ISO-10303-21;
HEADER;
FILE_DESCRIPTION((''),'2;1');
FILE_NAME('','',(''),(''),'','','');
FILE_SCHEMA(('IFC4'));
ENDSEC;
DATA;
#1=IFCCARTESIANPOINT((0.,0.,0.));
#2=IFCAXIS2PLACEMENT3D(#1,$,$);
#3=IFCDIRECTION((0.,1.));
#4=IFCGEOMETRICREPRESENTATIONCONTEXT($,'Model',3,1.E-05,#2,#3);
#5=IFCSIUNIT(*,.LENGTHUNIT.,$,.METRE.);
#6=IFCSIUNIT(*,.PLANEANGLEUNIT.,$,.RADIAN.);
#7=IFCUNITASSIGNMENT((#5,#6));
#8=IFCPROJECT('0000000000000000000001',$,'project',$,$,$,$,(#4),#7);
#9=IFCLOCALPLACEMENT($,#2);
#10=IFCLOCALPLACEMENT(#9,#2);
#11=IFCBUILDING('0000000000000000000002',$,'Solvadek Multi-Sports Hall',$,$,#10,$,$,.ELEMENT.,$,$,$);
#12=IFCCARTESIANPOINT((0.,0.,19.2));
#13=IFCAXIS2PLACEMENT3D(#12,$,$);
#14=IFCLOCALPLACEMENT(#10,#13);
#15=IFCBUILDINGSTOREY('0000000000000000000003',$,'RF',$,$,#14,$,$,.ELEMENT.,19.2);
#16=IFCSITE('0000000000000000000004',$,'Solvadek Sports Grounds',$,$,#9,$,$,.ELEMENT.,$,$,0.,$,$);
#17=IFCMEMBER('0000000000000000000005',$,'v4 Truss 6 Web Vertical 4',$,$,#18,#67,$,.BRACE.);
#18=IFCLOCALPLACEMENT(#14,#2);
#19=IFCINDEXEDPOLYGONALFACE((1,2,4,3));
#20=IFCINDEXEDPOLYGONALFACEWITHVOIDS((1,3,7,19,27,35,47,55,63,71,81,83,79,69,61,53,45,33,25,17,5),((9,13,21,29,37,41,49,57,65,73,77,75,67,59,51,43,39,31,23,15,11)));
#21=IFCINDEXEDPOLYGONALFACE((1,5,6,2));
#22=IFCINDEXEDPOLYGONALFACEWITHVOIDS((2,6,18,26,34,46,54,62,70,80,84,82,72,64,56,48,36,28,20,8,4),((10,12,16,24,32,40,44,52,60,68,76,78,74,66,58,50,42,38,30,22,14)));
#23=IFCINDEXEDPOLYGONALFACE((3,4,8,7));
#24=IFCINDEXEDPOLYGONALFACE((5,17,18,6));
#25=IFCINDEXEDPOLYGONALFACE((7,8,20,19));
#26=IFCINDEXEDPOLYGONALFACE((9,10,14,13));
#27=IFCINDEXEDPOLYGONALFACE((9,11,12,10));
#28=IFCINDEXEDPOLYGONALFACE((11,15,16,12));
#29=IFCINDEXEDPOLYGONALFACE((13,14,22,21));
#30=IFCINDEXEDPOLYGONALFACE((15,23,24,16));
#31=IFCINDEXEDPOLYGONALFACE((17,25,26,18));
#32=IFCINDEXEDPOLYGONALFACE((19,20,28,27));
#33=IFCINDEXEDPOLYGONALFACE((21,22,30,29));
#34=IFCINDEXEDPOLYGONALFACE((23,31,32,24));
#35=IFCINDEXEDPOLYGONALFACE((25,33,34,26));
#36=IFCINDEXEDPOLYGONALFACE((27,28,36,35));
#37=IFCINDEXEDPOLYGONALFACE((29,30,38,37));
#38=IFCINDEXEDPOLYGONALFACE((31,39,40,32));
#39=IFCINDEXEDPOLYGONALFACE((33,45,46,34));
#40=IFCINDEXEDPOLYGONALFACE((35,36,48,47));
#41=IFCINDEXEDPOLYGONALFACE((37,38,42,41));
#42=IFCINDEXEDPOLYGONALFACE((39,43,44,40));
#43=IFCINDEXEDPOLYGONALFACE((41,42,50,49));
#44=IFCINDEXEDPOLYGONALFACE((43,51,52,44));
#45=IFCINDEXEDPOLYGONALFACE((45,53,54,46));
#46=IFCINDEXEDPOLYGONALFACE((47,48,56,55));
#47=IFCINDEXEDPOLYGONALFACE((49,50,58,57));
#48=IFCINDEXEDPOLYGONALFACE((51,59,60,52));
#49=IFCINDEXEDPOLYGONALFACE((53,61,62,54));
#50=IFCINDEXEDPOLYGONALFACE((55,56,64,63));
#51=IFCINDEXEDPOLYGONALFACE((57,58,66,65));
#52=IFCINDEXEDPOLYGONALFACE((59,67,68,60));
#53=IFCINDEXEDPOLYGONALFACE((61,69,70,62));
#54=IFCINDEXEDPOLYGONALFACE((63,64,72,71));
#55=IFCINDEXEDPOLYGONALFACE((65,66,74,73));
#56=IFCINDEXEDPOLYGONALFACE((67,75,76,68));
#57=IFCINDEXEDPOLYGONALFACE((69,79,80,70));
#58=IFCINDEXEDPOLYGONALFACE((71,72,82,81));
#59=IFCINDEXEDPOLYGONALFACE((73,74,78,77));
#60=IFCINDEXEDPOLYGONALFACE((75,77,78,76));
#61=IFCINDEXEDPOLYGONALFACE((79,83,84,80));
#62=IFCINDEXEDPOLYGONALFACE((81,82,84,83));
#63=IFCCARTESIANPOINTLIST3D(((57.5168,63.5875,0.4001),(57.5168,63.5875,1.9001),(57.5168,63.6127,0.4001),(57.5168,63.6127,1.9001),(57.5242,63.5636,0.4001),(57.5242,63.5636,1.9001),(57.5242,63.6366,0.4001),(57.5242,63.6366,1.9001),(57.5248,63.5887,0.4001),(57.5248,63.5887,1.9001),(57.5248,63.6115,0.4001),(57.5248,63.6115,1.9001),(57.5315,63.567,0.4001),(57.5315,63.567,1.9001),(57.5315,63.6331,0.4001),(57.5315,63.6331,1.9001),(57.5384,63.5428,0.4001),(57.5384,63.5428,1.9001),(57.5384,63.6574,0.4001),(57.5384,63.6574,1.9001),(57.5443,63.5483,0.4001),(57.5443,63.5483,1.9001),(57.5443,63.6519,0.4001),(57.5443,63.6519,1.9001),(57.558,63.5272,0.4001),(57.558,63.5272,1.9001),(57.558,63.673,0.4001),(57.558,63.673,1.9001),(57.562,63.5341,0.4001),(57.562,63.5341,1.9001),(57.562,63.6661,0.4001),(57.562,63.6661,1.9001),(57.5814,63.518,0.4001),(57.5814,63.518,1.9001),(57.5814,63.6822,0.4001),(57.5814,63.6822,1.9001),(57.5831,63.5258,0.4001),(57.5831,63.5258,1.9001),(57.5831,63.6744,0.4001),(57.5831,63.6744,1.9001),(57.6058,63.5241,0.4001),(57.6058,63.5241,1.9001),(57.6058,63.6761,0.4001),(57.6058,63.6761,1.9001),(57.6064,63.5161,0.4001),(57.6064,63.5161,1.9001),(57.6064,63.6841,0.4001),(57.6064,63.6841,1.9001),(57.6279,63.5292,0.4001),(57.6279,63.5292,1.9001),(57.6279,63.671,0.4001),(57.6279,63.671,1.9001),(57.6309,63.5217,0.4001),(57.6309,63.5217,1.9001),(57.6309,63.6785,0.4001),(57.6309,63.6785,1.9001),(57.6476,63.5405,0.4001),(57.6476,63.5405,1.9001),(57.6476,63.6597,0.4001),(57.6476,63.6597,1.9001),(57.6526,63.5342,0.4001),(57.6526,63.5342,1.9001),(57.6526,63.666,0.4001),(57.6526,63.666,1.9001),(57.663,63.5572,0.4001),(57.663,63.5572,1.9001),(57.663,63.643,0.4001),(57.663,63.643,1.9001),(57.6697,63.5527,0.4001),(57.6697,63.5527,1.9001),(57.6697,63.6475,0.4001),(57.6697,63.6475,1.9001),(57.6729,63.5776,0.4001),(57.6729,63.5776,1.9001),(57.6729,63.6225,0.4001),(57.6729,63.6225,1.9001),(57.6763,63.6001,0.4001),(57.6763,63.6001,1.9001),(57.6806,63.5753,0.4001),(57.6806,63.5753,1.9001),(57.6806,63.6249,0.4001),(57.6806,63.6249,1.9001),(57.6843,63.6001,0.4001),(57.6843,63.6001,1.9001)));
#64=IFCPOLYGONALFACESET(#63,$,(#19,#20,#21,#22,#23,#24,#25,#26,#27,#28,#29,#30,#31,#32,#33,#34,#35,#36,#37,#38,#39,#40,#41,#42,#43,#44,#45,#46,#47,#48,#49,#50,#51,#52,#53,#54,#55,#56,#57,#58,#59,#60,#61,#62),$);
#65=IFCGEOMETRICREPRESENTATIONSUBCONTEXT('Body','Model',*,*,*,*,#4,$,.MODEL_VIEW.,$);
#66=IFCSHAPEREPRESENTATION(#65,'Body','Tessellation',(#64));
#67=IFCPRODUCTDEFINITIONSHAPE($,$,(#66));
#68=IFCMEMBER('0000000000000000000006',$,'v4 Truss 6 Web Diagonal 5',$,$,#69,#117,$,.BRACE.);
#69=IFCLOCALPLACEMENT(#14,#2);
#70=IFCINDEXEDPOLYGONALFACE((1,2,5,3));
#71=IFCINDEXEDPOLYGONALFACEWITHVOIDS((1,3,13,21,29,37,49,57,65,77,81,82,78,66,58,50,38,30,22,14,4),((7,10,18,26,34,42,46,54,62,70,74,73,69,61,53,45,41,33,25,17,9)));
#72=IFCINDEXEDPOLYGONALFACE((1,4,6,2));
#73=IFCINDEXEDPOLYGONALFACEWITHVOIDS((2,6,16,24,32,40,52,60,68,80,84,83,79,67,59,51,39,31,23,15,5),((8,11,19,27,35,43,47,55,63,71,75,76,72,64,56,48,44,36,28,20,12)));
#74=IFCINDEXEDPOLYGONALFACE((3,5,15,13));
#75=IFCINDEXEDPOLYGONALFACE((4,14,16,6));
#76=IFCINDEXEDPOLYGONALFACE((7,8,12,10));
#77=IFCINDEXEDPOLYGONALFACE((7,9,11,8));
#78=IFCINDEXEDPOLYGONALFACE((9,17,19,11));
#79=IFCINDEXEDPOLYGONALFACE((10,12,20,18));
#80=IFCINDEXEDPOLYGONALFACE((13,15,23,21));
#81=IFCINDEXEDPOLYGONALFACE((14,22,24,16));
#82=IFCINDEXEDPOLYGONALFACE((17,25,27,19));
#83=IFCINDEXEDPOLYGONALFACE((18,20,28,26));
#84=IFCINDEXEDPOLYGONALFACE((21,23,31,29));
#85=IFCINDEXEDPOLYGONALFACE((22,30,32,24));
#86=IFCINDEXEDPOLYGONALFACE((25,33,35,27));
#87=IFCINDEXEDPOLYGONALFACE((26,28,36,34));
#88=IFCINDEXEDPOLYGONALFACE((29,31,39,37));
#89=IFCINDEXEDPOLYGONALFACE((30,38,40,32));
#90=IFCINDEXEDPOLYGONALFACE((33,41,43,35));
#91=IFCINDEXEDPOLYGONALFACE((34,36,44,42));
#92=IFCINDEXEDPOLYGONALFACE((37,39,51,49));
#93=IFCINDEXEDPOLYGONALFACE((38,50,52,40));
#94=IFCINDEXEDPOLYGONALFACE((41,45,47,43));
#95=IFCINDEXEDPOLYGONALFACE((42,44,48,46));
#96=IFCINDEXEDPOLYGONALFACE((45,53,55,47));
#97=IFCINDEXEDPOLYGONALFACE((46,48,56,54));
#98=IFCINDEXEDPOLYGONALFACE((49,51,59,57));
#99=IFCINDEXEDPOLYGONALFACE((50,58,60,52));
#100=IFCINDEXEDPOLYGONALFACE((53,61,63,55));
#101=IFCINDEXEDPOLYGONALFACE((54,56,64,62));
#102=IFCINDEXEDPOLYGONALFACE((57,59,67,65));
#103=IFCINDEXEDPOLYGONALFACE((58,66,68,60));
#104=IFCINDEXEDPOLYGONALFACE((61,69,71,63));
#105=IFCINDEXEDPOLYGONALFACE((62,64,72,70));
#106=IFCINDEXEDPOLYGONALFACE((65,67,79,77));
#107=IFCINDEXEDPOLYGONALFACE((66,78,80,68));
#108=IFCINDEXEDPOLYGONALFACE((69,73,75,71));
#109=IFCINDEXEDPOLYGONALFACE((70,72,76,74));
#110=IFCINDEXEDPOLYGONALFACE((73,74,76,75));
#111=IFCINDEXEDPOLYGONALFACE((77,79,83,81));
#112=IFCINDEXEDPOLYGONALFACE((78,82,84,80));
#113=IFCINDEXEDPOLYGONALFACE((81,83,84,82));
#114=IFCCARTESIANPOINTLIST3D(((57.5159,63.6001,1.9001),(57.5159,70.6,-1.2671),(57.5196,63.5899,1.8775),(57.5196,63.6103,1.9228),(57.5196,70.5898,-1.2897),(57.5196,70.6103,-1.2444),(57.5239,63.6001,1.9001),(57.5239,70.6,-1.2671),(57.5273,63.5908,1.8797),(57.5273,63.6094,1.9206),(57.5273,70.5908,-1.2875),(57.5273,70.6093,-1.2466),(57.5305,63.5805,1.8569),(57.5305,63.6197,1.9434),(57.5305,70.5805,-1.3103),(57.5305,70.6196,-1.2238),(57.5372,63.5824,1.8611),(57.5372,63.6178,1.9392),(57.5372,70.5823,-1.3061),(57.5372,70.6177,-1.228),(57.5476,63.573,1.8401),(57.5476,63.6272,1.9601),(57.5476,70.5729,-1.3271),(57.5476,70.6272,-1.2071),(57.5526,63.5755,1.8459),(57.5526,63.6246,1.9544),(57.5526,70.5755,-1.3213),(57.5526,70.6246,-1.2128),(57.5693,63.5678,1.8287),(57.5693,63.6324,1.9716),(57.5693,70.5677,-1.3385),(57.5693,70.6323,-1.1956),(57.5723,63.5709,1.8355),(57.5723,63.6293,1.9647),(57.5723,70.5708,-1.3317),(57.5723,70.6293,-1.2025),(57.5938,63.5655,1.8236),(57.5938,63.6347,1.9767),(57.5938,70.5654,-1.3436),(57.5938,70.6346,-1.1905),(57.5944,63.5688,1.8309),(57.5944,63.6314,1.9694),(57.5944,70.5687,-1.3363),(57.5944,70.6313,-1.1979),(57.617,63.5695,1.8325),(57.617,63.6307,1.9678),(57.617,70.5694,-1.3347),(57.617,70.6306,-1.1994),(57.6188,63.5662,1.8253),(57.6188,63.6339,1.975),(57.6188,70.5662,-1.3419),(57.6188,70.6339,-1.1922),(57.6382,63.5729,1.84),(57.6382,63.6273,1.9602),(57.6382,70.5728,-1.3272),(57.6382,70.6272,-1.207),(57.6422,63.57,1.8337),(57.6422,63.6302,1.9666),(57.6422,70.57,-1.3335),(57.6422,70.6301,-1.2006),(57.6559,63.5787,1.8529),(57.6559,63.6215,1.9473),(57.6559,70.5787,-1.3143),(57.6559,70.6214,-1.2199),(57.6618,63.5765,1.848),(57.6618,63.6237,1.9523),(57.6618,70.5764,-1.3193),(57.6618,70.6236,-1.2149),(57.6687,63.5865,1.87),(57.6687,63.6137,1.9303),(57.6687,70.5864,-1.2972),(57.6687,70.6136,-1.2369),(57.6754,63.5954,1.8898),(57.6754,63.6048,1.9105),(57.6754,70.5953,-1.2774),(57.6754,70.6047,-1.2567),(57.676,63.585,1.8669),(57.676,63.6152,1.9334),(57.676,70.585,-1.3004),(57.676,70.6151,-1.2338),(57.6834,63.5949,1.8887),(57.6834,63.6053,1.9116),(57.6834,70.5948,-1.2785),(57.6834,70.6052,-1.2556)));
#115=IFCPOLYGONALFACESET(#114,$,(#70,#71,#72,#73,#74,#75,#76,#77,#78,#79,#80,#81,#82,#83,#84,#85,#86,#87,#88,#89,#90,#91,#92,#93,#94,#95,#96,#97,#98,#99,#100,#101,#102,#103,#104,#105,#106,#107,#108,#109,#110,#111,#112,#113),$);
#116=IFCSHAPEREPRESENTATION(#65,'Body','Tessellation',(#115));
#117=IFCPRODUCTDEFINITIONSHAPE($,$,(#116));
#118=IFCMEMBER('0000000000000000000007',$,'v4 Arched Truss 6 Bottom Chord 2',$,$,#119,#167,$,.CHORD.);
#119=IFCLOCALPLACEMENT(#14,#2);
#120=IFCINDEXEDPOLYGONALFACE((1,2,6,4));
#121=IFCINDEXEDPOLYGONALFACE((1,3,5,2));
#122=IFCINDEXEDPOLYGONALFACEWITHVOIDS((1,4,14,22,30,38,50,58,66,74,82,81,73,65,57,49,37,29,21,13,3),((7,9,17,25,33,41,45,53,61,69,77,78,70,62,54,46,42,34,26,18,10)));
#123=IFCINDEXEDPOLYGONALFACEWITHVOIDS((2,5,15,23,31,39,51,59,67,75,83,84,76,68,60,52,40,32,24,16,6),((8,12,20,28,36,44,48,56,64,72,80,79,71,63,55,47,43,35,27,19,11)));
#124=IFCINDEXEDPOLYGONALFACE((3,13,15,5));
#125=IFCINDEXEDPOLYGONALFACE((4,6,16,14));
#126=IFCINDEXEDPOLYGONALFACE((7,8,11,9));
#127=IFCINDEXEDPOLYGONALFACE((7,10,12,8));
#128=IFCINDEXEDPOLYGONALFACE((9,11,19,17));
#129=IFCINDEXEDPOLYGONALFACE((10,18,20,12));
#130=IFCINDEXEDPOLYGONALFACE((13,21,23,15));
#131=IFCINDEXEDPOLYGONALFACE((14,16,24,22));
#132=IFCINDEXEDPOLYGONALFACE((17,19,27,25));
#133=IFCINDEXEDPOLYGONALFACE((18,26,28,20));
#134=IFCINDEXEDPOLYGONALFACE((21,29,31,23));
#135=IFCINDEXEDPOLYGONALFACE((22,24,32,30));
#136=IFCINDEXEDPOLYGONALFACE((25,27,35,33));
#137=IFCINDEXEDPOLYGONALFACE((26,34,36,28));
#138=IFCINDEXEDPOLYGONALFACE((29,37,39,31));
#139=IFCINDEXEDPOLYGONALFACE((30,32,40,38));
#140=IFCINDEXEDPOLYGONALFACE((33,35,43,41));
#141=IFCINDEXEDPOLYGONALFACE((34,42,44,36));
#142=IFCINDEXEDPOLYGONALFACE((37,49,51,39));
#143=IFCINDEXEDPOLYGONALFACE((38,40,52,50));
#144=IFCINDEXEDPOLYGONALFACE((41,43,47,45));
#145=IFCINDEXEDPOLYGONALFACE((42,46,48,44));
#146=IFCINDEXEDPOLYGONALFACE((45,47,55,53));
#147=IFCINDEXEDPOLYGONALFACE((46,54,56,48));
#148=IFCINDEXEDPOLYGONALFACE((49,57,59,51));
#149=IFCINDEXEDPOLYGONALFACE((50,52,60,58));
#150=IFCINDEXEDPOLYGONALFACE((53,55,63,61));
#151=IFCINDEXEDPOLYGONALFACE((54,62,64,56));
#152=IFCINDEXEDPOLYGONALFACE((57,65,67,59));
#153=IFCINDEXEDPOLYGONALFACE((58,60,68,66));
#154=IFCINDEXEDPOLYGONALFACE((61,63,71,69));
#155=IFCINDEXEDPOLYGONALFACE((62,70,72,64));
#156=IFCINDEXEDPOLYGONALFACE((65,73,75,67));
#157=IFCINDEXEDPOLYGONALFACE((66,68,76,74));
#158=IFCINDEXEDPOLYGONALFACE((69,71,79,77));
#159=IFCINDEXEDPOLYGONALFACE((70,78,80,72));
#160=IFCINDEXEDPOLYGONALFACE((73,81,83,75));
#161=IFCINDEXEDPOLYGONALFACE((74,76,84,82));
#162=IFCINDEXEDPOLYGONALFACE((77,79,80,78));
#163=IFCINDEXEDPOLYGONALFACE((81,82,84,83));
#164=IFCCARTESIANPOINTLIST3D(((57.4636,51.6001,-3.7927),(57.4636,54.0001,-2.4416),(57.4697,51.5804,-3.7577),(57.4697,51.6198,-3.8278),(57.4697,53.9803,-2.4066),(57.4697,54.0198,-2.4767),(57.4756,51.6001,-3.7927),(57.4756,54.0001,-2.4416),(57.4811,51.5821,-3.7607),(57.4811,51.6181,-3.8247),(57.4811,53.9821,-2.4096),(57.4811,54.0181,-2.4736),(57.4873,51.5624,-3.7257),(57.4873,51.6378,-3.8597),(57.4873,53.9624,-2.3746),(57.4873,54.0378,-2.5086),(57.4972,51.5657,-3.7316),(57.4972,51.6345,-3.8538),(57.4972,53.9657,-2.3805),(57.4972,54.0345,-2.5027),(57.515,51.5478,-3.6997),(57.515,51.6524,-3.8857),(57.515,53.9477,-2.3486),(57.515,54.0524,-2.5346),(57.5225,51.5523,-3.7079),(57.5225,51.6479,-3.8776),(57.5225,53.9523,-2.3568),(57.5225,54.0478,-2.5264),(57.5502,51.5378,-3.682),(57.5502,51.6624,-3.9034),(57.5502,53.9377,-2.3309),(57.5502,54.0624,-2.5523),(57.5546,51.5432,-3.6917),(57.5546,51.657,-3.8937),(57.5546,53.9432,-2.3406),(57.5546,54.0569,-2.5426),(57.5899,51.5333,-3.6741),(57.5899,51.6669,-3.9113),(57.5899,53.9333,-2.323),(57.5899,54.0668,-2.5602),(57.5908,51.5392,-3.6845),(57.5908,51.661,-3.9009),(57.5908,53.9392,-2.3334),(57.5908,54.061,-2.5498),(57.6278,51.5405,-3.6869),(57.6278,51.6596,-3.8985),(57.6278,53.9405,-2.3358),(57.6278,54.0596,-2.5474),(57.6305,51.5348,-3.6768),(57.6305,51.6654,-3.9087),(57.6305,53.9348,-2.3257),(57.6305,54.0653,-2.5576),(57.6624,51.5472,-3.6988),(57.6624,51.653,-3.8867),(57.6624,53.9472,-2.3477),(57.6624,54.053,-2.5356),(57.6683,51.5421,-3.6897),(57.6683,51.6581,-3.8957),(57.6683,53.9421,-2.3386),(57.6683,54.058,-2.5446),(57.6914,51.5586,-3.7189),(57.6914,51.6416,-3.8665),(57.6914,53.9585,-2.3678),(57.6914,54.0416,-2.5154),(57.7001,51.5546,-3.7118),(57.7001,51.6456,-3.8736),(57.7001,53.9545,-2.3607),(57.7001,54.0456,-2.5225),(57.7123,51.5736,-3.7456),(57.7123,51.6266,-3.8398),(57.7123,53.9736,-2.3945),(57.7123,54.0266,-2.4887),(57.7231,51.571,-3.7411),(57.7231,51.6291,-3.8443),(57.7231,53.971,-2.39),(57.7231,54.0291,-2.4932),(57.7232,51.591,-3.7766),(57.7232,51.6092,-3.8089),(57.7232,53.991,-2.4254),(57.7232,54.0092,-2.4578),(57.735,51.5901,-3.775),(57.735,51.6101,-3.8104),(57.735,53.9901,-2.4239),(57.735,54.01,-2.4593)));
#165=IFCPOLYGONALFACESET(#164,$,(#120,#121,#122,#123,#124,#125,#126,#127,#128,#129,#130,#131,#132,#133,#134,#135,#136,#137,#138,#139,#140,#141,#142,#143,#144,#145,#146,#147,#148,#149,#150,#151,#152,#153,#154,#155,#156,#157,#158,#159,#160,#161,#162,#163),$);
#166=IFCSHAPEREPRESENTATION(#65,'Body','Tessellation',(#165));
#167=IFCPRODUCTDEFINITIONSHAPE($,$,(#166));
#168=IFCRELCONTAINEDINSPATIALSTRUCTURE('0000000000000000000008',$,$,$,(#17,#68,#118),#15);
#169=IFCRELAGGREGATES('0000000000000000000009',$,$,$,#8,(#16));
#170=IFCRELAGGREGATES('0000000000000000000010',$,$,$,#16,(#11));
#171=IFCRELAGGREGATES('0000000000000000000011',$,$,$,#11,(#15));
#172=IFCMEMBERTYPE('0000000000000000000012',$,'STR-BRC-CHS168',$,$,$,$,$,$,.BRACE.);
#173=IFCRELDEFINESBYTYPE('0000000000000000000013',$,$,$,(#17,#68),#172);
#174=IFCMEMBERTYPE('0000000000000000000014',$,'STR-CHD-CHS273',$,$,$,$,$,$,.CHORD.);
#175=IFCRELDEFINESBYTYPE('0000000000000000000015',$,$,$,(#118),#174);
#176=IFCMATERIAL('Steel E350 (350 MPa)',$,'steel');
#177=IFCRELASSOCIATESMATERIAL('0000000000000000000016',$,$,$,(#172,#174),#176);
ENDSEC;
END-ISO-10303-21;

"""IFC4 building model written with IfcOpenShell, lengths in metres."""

from ifc_helpers import new_model, si_unit, direction, frame, origin, origin_2d, place, context, subcontext, project, spatial, hollow_circle, extrude, material, material_profile, profile_set, type_object, element, save


model = new_model("IFC4")

# Units and contexts
model_context = context("Model", 3, precision=1e-05, world=origin(), true_north=direction((0.0, 1.0)))
body_context = subcontext(model_context, "Body", "Model", "MODEL_VIEW")
ifc_project = project(units=[si_unit("LENGTHUNIT", "METRE"), si_unit("PLANEANGLEUNIT", "RADIAN")], contexts=[model_context])

# Site, building, storey
site_placement = place(None, origin())
site = spatial("IfcSite", under=ifc_project, at=site_placement, Name="Solvadek Sports Grounds", CompositionType="ELEMENT", RefElevation=0.0)
building_placement = place(site_placement, origin())
building = spatial("IfcBuilding", under=site, at=building_placement, Name="Solvadek Multi-Sports Hall", CompositionType="ELEMENT")
storey_placement = place(building_placement, frame((0.0, 0.0, 19.2)))
storey = spatial("IfcBuildingStorey", under=building, at=storey_placement, Name="RF", CompositionType="ELEMENT", Elevation=19.2)

# Shared definitions
ifc_material_1 = material(Name="Steel E350 (350 MPa)", Category="steel")

# Members
ifc_material_profile_1 = material_profile(ifc_material_1, hollow_circle(Radius=0.0842, WallThickness=0.0081, at=origin_2d()), Name="CHS 168.3x8")
ifc_profile_set_1 = profile_set([ifc_material_profile_1], Name="Steel E350 (350 MPa)")
member_type_1 = type_object("IfcMemberType", Name="STR-BRC-CHS168", PredefinedType="BRACE", material=ifc_profile_set_1)
member_1_placement = place(storey_placement, frame((57.6001, 63.6001, 0.4001), z_axis=(0.0, 0.0, 1.0), x_axis=(1.0, 0.0, 0.0)))
element("IfcMember", 1, at=member_1_placement, inside=storey, type_object=member_type_1, Name="v4 Truss 6 Web Vertical 4", PredefinedType="BRACE", context=body_context, shape_type="SweptSolid", body=[
    extrude(hollow_circle(Radius=0.0842, WallThickness=0.0081, at=origin_2d()), origin(), (0.0, 0.0, 1.0), 1.5),
])
member_2_placement = place(storey_placement, frame((57.6001, 63.6001, 1.9001), z_axis=(0.0, 0.91108, -0.412229), x_axis=(-1.0, 0.0, 0.0)))
element("IfcMember", 2, at=member_2_placement, inside=storey, type_object=member_type_1, Name="v4 Truss 6 Web Diagonal 5", PredefinedType="BRACE", context=body_context, shape_type="SweptSolid", body=[
    extrude(hollow_circle(Radius=0.0842, WallThickness=0.0081, at=origin_2d()), origin(), (0.0, 0.0, 1.0), 7.6831),
])
ifc_material_profile_2 = material_profile(ifc_material_1, hollow_circle(Radius=0.1365, WallThickness=0.012, at=origin_2d()), Name="CHS 273.0x12")
ifc_profile_set_2 = profile_set([ifc_material_profile_2], Name="Steel E350 (350 MPa)")
member_type_2 = type_object("IfcMemberType", Name="STR-CHD-CHS273", PredefinedType="CHORD", material=ifc_profile_set_2)
member_3_placement = place(storey_placement, frame((57.6001, 51.6001, -3.7927), z_axis=(0.0, 0.8714, 0.490573), x_axis=(-1.0, 0.0, 0.0)))
element("IfcMember", 3, at=member_3_placement, inside=storey, type_object=member_type_2, Name="v4 Arched Truss 6 Bottom Chord 2", PredefinedType="CHORD", context=body_context, shape_type="SweptSolid", body=[
    extrude(hollow_circle(Radius=0.1365, WallThickness=0.012, at=origin_2d()), origin(), (0.0, 0.0, 1.0), 2.7542),
])

save(model, "model.ifc")
